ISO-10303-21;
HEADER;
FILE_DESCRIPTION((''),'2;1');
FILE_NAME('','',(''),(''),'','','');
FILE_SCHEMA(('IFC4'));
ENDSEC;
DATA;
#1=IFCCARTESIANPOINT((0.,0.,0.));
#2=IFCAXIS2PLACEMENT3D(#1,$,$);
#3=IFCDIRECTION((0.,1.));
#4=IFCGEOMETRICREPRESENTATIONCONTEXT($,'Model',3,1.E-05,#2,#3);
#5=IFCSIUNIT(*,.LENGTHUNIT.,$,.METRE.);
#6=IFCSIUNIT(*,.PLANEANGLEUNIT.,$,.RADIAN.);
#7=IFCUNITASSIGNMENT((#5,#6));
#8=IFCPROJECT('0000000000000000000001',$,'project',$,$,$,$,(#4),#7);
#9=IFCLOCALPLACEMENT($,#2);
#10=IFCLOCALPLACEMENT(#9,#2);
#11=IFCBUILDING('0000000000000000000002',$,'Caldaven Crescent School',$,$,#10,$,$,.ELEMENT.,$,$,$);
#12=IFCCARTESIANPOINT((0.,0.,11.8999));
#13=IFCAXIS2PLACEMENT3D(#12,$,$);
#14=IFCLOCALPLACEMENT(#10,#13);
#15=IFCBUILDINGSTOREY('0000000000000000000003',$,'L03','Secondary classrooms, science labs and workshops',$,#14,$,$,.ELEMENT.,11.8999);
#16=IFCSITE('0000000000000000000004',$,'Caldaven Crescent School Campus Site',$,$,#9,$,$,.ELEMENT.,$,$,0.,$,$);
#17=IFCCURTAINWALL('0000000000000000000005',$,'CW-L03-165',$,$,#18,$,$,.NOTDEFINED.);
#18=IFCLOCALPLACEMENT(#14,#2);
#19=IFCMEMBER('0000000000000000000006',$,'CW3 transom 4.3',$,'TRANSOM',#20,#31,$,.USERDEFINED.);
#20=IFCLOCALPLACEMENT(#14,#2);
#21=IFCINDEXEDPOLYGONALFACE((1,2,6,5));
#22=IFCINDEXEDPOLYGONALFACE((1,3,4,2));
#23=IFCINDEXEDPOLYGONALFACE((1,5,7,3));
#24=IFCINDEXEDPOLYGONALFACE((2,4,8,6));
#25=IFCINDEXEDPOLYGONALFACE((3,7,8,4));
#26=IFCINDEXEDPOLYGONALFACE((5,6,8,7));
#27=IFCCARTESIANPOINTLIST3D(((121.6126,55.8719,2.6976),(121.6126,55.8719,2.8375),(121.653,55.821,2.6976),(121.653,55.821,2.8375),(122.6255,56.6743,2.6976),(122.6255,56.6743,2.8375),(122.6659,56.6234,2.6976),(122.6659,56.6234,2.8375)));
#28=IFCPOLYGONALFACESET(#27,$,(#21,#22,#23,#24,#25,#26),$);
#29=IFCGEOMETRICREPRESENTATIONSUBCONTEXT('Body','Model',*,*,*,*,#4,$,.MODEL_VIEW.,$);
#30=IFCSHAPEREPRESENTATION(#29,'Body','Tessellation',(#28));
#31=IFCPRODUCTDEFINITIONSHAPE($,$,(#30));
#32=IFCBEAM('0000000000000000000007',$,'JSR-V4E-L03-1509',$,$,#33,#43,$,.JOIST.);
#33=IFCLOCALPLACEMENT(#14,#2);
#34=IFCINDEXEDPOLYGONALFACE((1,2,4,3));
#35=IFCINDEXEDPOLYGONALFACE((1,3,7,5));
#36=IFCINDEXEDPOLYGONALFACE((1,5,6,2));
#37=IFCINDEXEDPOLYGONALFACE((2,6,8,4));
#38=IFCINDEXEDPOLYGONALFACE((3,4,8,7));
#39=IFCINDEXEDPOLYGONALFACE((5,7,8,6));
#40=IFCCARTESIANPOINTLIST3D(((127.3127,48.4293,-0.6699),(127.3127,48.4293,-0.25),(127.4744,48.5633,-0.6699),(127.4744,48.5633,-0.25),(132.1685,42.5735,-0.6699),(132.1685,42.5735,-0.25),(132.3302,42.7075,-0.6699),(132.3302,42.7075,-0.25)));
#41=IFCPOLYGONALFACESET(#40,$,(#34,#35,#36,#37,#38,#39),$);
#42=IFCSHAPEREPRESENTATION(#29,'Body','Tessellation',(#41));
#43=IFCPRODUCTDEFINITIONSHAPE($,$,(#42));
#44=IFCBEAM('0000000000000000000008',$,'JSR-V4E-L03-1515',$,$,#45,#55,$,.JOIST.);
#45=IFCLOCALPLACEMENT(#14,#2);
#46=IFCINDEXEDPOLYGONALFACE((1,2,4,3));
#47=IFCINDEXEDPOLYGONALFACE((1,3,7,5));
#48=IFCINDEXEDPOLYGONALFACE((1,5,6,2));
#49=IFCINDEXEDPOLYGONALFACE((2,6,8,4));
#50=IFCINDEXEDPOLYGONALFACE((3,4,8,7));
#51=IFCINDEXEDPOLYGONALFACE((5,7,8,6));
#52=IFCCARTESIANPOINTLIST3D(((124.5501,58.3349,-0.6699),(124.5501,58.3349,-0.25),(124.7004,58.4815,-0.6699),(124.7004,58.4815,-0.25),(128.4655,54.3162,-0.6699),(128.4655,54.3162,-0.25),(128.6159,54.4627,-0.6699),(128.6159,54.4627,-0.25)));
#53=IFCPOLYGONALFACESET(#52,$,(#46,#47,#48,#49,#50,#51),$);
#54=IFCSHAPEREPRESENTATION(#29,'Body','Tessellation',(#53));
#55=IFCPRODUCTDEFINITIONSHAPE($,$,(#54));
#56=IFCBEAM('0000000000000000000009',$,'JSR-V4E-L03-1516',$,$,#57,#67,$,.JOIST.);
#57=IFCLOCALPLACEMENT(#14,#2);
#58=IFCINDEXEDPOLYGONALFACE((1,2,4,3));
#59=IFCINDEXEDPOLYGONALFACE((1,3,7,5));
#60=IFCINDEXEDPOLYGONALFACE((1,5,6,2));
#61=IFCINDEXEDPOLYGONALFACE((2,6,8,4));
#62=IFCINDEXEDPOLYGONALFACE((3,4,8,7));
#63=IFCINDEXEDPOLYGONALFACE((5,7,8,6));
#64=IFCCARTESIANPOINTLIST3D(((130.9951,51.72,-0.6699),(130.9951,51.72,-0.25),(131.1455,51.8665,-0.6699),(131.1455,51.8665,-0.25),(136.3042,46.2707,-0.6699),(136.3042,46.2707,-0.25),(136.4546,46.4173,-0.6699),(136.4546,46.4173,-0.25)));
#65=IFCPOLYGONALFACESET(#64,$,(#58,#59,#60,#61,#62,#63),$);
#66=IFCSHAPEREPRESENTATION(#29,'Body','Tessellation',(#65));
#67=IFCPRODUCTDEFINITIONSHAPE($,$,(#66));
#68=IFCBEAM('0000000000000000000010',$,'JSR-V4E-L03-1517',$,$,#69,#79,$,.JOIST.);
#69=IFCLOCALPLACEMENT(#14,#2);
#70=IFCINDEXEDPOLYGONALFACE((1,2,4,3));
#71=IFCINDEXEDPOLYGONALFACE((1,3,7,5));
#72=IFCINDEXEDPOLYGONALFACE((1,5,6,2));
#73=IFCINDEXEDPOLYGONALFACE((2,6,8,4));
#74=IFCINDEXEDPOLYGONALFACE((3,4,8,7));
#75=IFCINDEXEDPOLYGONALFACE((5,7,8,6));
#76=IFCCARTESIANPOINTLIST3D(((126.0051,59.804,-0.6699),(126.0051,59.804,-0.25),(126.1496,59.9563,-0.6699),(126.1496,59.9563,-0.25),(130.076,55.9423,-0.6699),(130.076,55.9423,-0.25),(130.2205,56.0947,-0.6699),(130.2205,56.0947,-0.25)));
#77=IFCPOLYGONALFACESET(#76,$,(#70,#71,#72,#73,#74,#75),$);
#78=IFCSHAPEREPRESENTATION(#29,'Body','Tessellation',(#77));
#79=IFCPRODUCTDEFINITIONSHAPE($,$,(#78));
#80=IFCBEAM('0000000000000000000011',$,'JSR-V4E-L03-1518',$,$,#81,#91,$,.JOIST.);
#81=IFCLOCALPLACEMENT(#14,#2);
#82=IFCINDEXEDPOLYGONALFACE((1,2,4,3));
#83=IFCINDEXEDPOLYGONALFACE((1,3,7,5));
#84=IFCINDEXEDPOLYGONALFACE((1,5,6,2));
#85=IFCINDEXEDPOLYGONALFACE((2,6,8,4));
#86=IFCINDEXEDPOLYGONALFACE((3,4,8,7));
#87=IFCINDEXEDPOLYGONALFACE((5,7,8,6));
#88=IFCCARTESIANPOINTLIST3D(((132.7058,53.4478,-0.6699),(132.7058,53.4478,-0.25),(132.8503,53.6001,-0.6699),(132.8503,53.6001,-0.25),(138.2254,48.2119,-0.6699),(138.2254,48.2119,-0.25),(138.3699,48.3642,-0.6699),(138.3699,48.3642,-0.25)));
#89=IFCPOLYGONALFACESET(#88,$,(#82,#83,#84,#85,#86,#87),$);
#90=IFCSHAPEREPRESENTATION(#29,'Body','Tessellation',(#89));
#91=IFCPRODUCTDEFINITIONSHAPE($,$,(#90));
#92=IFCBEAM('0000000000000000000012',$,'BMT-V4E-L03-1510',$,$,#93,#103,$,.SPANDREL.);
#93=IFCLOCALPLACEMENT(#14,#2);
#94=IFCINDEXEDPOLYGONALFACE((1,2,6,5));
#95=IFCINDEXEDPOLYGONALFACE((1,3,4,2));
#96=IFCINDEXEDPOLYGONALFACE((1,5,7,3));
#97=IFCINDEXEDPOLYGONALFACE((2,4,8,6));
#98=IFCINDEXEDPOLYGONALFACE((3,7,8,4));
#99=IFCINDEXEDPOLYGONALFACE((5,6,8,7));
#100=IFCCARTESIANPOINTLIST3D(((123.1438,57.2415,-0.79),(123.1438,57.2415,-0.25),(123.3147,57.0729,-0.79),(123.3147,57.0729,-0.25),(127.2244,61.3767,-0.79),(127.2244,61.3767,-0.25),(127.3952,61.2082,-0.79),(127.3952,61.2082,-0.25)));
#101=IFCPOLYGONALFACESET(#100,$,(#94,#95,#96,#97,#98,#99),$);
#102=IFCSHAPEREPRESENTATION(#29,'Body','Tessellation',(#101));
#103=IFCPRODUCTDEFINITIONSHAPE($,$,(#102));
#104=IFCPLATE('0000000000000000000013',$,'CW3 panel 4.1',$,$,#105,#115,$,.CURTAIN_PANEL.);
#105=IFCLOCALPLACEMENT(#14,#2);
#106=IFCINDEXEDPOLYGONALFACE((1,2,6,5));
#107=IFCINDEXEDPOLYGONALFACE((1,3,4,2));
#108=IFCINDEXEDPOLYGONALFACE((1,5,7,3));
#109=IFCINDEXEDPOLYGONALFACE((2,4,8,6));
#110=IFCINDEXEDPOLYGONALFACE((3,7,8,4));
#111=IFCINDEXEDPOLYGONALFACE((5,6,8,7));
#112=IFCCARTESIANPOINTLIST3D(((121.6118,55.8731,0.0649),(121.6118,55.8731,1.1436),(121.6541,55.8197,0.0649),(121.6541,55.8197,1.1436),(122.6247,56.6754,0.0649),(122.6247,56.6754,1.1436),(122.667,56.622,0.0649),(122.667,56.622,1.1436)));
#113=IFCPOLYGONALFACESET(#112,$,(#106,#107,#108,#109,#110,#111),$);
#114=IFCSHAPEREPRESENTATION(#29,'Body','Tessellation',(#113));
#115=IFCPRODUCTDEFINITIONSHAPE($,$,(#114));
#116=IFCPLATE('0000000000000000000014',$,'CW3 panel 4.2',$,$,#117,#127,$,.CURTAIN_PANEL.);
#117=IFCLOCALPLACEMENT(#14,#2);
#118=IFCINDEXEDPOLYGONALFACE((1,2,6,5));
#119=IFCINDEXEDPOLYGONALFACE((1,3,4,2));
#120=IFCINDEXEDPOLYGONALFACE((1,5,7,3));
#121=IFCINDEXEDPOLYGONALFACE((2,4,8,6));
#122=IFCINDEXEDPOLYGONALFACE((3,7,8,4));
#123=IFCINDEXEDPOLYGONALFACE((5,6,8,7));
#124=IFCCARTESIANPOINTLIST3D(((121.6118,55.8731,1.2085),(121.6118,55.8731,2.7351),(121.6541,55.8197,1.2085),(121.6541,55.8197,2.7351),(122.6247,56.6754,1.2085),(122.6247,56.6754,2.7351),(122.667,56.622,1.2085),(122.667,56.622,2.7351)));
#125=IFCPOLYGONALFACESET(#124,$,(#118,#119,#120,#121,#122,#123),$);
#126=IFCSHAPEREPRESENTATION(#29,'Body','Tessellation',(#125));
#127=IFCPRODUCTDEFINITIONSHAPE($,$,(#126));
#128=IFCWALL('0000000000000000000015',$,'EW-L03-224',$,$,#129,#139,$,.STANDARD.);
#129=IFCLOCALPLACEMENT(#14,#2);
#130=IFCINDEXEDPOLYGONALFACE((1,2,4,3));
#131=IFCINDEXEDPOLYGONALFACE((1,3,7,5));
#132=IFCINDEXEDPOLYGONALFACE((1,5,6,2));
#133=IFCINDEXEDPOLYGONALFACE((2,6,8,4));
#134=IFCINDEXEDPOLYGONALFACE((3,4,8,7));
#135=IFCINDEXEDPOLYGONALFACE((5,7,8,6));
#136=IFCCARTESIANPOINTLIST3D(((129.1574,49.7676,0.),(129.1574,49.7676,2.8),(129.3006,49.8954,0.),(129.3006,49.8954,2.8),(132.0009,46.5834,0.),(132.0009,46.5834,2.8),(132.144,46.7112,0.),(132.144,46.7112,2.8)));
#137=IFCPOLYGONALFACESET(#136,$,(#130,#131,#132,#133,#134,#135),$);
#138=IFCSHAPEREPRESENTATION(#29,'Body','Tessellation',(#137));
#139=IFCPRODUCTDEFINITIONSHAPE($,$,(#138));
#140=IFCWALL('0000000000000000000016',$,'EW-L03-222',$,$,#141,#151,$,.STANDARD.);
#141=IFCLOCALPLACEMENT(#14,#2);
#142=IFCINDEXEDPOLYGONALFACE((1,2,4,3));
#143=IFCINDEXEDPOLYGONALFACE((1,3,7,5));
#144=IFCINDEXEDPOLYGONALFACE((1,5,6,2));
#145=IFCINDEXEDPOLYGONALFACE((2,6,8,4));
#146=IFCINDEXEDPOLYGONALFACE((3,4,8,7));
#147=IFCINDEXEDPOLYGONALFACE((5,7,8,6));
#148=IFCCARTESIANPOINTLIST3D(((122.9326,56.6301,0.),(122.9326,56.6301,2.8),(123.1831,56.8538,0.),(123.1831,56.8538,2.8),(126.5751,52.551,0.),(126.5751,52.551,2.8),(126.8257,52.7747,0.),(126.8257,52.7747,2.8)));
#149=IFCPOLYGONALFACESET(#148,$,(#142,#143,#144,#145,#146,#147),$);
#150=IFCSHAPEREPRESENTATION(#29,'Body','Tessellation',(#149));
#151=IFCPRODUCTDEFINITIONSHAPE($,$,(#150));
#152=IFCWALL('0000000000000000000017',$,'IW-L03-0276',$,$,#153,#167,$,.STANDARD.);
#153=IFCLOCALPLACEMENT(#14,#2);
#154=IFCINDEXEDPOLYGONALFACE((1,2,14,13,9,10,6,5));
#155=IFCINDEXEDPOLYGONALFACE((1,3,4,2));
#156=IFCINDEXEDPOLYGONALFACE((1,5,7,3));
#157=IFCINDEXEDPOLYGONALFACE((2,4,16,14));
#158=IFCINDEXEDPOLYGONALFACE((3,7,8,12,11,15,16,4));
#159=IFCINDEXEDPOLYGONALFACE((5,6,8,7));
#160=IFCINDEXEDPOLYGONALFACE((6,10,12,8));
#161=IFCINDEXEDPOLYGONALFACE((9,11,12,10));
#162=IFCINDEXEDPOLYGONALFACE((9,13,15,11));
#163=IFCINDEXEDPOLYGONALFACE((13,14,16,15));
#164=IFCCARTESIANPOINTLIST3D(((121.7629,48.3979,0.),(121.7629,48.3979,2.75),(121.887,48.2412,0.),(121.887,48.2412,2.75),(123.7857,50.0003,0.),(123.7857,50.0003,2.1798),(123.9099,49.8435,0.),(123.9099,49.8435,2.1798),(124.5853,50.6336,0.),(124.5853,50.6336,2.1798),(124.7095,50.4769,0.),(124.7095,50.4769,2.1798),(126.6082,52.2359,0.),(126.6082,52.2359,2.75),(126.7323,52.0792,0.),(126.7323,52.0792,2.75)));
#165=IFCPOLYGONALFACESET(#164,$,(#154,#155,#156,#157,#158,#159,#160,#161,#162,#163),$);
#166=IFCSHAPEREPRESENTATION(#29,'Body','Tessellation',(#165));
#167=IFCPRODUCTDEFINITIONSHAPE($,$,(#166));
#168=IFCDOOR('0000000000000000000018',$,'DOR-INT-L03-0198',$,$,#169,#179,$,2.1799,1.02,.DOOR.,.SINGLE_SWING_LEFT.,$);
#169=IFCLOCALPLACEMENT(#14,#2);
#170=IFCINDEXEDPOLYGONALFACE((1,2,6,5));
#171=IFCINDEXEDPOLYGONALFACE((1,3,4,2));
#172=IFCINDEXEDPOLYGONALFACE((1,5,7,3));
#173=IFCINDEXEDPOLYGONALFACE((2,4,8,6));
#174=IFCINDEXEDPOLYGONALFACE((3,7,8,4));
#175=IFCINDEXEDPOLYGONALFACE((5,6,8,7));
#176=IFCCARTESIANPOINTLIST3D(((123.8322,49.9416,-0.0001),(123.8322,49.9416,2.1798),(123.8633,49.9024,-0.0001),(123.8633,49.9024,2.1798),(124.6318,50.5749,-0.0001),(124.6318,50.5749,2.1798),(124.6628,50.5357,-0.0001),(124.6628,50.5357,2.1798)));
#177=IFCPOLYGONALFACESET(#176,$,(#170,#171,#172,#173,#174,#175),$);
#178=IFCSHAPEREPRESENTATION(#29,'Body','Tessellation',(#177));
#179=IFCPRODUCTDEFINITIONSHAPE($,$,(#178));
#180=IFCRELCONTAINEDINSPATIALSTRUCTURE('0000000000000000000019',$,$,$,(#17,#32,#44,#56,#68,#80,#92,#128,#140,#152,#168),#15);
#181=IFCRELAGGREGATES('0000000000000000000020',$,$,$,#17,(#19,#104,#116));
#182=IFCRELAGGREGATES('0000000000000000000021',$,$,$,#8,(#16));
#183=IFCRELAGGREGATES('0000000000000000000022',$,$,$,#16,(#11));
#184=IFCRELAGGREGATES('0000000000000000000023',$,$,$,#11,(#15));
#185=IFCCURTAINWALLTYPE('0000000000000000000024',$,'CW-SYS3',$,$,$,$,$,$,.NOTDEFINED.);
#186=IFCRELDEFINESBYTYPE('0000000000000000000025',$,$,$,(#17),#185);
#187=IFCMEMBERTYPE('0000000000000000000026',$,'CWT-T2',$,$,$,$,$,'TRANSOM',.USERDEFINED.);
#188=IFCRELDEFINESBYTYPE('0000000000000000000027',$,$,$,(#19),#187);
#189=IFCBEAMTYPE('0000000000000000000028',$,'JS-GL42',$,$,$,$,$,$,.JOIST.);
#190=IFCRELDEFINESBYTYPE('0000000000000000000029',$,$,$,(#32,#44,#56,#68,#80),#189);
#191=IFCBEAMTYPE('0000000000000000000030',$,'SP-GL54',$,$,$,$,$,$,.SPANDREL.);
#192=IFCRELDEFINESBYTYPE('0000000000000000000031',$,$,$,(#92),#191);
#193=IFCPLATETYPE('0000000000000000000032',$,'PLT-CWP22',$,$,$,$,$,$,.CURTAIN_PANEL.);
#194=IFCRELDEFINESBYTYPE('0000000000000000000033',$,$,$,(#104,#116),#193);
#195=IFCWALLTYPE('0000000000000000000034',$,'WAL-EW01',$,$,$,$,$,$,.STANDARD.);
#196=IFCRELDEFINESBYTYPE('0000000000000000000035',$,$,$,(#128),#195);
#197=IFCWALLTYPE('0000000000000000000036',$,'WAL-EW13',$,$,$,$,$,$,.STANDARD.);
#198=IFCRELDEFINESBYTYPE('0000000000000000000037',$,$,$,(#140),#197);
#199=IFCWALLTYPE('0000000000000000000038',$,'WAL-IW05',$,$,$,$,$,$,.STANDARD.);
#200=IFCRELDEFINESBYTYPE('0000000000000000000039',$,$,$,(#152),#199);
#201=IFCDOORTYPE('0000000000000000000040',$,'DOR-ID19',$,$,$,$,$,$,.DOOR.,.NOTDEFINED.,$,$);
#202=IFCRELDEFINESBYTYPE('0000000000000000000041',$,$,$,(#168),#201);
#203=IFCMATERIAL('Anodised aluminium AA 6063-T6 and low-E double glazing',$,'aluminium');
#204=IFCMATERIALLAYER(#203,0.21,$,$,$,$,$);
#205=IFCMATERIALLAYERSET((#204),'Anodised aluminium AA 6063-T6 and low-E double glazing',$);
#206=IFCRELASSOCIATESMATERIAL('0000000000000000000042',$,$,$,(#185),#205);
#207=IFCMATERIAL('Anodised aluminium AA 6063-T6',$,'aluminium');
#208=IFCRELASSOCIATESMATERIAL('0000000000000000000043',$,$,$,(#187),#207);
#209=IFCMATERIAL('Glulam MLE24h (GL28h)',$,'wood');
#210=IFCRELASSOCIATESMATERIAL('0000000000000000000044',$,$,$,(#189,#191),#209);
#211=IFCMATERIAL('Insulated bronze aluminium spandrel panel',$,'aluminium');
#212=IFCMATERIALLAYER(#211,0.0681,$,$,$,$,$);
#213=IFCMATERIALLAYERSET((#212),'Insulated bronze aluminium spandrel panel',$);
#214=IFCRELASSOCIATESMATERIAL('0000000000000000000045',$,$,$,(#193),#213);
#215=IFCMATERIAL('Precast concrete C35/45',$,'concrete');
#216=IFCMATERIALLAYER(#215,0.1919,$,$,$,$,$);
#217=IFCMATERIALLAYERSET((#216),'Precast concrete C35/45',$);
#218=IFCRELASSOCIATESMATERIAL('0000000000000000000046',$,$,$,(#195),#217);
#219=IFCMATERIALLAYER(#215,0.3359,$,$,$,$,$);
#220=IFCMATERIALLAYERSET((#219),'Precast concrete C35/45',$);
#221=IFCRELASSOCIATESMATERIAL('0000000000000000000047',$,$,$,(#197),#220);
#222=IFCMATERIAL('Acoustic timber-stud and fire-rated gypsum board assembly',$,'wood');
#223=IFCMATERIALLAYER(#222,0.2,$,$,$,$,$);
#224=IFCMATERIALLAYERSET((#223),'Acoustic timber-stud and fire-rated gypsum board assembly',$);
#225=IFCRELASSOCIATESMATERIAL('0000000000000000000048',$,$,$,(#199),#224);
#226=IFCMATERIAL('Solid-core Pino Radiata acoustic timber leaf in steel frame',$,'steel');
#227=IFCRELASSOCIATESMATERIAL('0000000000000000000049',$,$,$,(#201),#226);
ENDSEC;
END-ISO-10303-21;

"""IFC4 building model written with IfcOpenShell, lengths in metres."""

from ifc_helpers import new_model, si_unit, direction, frame, frame_2d, origin, origin_2d, place, context, subcontext, project, spatial, rectangle, extrude, material, layer, layer_set, material_profile, profile_set, type_object, element, fill, aggregate, save


model = new_model("IFC4")

# Units and contexts
model_context = context("Model", 3, precision=1e-05, world=origin(), true_north=direction((0.0, 1.0)))
body_context = subcontext(model_context, "Body", "Model", "MODEL_VIEW")
ifc_project = project(units=[si_unit("LENGTHUNIT", "METRE"), si_unit("PLANEANGLEUNIT", "RADIAN")], contexts=[model_context])

# Site, building, storey
site_placement = place(None, origin())
site = spatial("IfcSite", under=ifc_project, at=site_placement, Name="Caldaven Crescent School Campus Site", CompositionType="ELEMENT", RefElevation=0.0)
building_placement = place(site_placement, origin())
building = spatial("IfcBuilding", under=site, at=building_placement, Name="Caldaven Crescent School", CompositionType="ELEMENT")
storey_placement = place(building_placement, frame((0.0, 0.0, 11.8999)))
storey = spatial("IfcBuildingStorey", under=building, at=storey_placement, Name="L03", Description="Secondary classrooms, science labs and workshops", CompositionType="ELEMENT", Elevation=11.8999)

# Shared definitions
ifc_material_1 = material(Name="Glulam MLE24h (GL28h)", Category="wood")

# Curtain wall, member
ifc_material_2 = material(Name="Anodised aluminium AA 6063-T6 and low-E double glazing", Category="aluminium")
ifc_layer_1 = layer(ifc_material_2, 0.21)
ifc_layer_set_1 = layer_set([ifc_layer_1], Name="Anodised aluminium AA 6063-T6 and low-E double glazing")
curtain_wall_type = type_object("IfcCurtainWallType", Name="CW-SYS3", PredefinedType="NOTDEFINED", material=ifc_layer_set_1)
curtain_wall_placement = place(storey_placement, origin())
curtain_wall = element("IfcCurtainWall", 1, at=curtain_wall_placement, inside=storey, type_object=curtain_wall_type, Name="CW-L03-165", PredefinedType="NOTDEFINED")
ifc_material_3 = material(Name="Anodised aluminium AA 6063-T6", Category="aluminium")
ifc_material_profile_1 = material_profile(ifc_material_3, rectangle(XDim=0.0649, YDim=0.1399, at=origin_2d()), Name="CWT 65x140")
ifc_profile_set_1 = profile_set([ifc_material_profile_1], Name="Anodised aluminium AA 6063-T6")
member_type_1 = type_object("IfcMemberType", Name="CWT-T2", ElementType="TRANSOM", PredefinedType="USERDEFINED", material=ifc_profile_set_1)
member_1_placement = place(storey_placement, frame((121.6328, 55.8464, 2.7676), z_axis=(0.783827, 0.620979, 0.0), x_axis=(-0.620979, 0.783827, 0.0)))
member_1 = element("IfcMember", 2, at=member_1_placement, type_object=member_type_1, Name="CW3 transom 4.3", ObjectType="TRANSOM", PredefinedType="USERDEFINED", context=body_context, shape_type="SweptSolid", body=[
    extrude(rectangle(XDim=0.0649, YDim=0.1399, at=origin_2d()), origin(), (0.0, 0.0, 1.0), 1.2922),
])

# Beams
ifc_material_profile_2 = material_profile(ifc_material_1, rectangle(XDim=0.21, YDim=0.4199, at=origin_2d()), Name="MLE 210x420")
ifc_profile_set_2 = profile_set([ifc_material_profile_2], Name="Glulam MLE24h (GL28h)")
beam_type_1 = type_object("IfcBeamType", Name="JS-GL42", PredefinedType="JOIST", material=ifc_profile_set_2)
beam_1_placement = place(storey_placement, frame((127.3936, 48.4963, -0.46), z_axis=(0.638317, -0.769774, 0.0), x_axis=(0.769774, 0.638317, 0.0)))
element("IfcBeam", 3, at=beam_1_placement, inside=storey, type_object=beam_type_1, Name="JSR-V4E-L03-1509", PredefinedType="JOIST", context=body_context, shape_type="SweptSolid", body=[
    extrude(rectangle(XDim=0.21, YDim=0.4199, at=origin_2d()), origin(), (0.0, 0.0, 1.0), 7.6072),
])
beam_2_placement = place(storey_placement, frame((124.6252, 58.4082, -0.46), z_axis=(0.697844, -0.71625, 0.0), x_axis=(0.71625, 0.697844, 0.0)))
element("IfcBeam", 4, at=beam_2_placement, inside=storey, type_object=beam_type_1, Name="JSR-V4E-L03-1515", PredefinedType="JOIST", context=body_context, shape_type="SweptSolid", body=[
    extrude(rectangle(XDim=0.21, YDim=0.4199, at=origin_2d()), origin(), (0.0, 0.0, 1.0), 5.6108),
])
beam_3_placement = place(storey_placement, frame((131.0703, 51.7932, -0.46), z_axis=(0.697837, -0.716257, 0.0), x_axis=(0.716257, 0.697837, 0.0)))
element("IfcBeam", 5, at=beam_3_placement, inside=storey, type_object=beam_type_1, Name="JSR-V4E-L03-1516", PredefinedType="JOIST", context=body_context, shape_type="SweptSolid", body=[
    extrude(rectangle(XDim=0.21, YDim=0.4199, at=origin_2d()), origin(), (0.0, 0.0, 1.0), 7.6079),
])
beam_4_placement = place(storey_placement, frame((126.0774, 59.8801, -0.46), z_axis=(0.725505, -0.688216, 0.0), x_axis=(0.688216, 0.725505, 0.0)))
element("IfcBeam", 6, at=beam_4_placement, inside=storey, type_object=beam_type_1, Name="JSR-V4E-L03-1517", PredefinedType="JOIST", context=body_context, shape_type="SweptSolid", body=[
    extrude(rectangle(XDim=0.21, YDim=0.4199, at=origin_2d()), origin(), (0.0, 0.0, 1.0), 5.6111),
])
beam_5_placement = place(storey_placement, frame((132.7781, 53.5239, -0.46), z_axis=(0.725506, -0.688216, 0.0), x_axis=(0.688216, 0.725506, 0.0)))
element("IfcBeam", 7, at=beam_5_placement, inside=storey, type_object=beam_type_1, Name="JSR-V4E-L03-1518", PredefinedType="JOIST", context=body_context, shape_type="SweptSolid", body=[
    extrude(rectangle(XDim=0.21, YDim=0.4199, at=origin_2d()), origin(), (0.0, 0.0, 1.0), 7.6079),
])
ifc_material_profile_3 = material_profile(ifc_material_1, rectangle(XDim=0.24, YDim=0.54, at=origin_2d()), Name="MLE 240x540")
ifc_profile_set_3 = profile_set([ifc_material_profile_3], Name="Glulam MLE24h (GL28h)")
beam_type_2 = type_object("IfcBeamType", Name="SP-GL54", PredefinedType="SPANDREL", material=ifc_profile_set_3)
beam_6_placement = place(storey_placement, frame((123.2292, 57.1572, -0.52), z_axis=(0.702384, 0.711798, 0.0), x_axis=(-0.711798, 0.702384, 0.0)))
element("IfcBeam", 8, at=beam_6_placement, inside=storey, type_object=beam_type_2, Name="BMT-V4E-L03-1510", PredefinedType="SPANDREL", context=body_context, shape_type="SweptSolid", body=[
    extrude(rectangle(XDim=0.24, YDim=0.54, at=origin_2d()), origin(), (0.0, 0.0, 1.0), 5.8096),
])

# Plates
ifc_material_4 = material(Name="Insulated bronze aluminium spandrel panel", Category="aluminium")
ifc_layer_2 = layer(ifc_material_4, 0.0681)
ifc_layer_set_2 = layer_set([ifc_layer_2], Name="Insulated bronze aluminium spandrel panel")
plate_type = type_object("IfcPlateType", Name="PLT-CWP22", PredefinedType="CURTAIN_PANEL", material=ifc_layer_set_2)
plate_1_placement = place(storey_placement, frame((122.1394, 56.2476, 0.0649), z_axis=(0.0, 0.0, 1.0), x_axis=(0.783882, 0.62091, 0.0)))
plate_1 = element("IfcPlate", 9, at=plate_1_placement, type_object=plate_type, Name="CW3 panel 4.1", PredefinedType="CURTAIN_PANEL", context=body_context, shape_type="SweptSolid", body=[
    extrude(rectangle(XDim=1.2922, YDim=0.0681, at=origin_2d()), origin(), (0.0, 0.0, 1.0), 1.0786),
])
plate_2_placement = place(storey_placement, frame((122.1394, 56.2476, 1.2085), z_axis=(0.0, 0.0, 1.0), x_axis=(0.783882, 0.62091, 0.0)))
plate_2 = element("IfcPlate", 10, at=plate_2_placement, type_object=plate_type, Name="CW3 panel 4.2", PredefinedType="CURTAIN_PANEL", context=body_context, shape_type="SweptSolid", body=[
    extrude(rectangle(XDim=1.2922, YDim=0.0681, at=origin_2d()), origin(), (0.0, 0.0, 1.0), 1.5266),
])
aggregate(curtain_wall, [member_1, plate_1, plate_2])

# Walls
ifc_material_5 = material(Name="Precast concrete C35/45", Category="concrete")
ifc_layer_3 = layer(ifc_material_5, 0.1919)
ifc_layer_set_3 = layer_set([ifc_layer_3], Name="Precast concrete C35/45")
wall_type_1 = type_object("IfcWallType", Name="WAL-EW01", PredefinedType="STANDARD", material=ifc_layer_set_3)
wall_1_placement = place(storey_placement, frame((129.229, 49.8315, 0.0), z_axis=(0.0, 0.0, 1.0), x_axis=(0.666062, -0.745896, 0.0)))
element("IfcWall", 11, at=wall_1_placement, inside=storey, type_object=wall_type_1, Name="EW-L03-224", PredefinedType="STANDARD", context=body_context, shape_type="SweptSolid", body=[
    extrude(rectangle(XDim=4.269, YDim=0.1919, at=frame_2d((2.1345, 0.0))), origin(), (0.0, 0.0, 1.0), 2.8),
])
ifc_layer_4 = layer(ifc_material_5, 0.3359)
ifc_layer_set_4 = layer_set([ifc_layer_4], Name="Precast concrete C35/45")
wall_type_2 = type_object("IfcWallType", Name="WAL-EW13", PredefinedType="STANDARD", material=ifc_layer_set_4)
wall_2_placement = place(storey_placement, frame((123.0579, 56.7419, 0.0), z_axis=(0.0, 0.0, 1.0), x_axis=(0.666069, -0.74589, 0.0)))
element("IfcWall", 12, at=wall_2_placement, inside=storey, type_object=wall_type_2, Name="EW-L03-222", PredefinedType="STANDARD", context=body_context, shape_type="SweptSolid", body=[
    extrude(rectangle(XDim=5.4688, YDim=0.3359, at=frame_2d((2.7344, 0.0))), origin(), (0.0, 0.0, 1.0), 2.8),
])

# Wall, opening, door
ifc_material_6 = material(Name="Acoustic timber-stud and fire-rated gypsum board assembly", Category="wood")
ifc_layer_5 = layer(ifc_material_6, 0.2)
ifc_layer_set_5 = layer_set([ifc_layer_5], Name="Acoustic timber-stud and fire-rated gypsum board assembly")
wall_type_3 = type_object("IfcWallType", Name="WAL-IW05", PredefinedType="STANDARD", material=ifc_layer_set_5)
wall_3_placement = place(storey_placement, frame((121.825, 48.3196, 0.0), z_axis=(0.0, 0.0, 1.0), x_axis=(0.783881, 0.620911, 0.0)))
wall_3 = element("IfcWall", 13, at=wall_3_placement, inside=storey, type_object=wall_type_3, Name="IW-L03-0276", PredefinedType="STANDARD", context=body_context, shape_type="SweptSolid", body=[
    extrude(rectangle(XDim=6.1812, YDim=0.2, at=frame_2d((3.0906, 0.0))), origin(), (0.0, 0.0, 1.0), 2.75),
])
opening_1_placement = place(wall_3_placement, frame((2.5806, 0.0, 0.0)))
opening_1 = element("IfcOpeningElement", 14, at=opening_1_placement, cuts=wall_3, PredefinedType="OPENING", context=body_context, shape_type="SweptSolid", body=[
    extrude(rectangle(XDim=1.02, YDim=2.1799, at=frame_2d((0.51, 1.0898))), frame((0.0, 0.1099, 0.0), z_axis=(0.0, -1.0, 0.0), x_axis=(1.0, 0.0, 0.0)), (0.0, 0.0, 1.0), 0.22),
])
ifc_material_7 = material(Name="Solid-core Pino Radiata acoustic timber leaf in steel frame", Category="steel")
door_type_1 = type_object("IfcDoorType", Name="DOR-ID19", OperationType="NOTDEFINED", PredefinedType="DOOR", material=ifc_material_7)
door_1_placement = place(opening_1_placement, frame((1.02, 0.0, 0.0), z_axis=(0.0, 0.0, 1.0), x_axis=(-1.0, 0.0, 0.0)))
door_1 = element("IfcDoor", 15, at=door_1_placement, inside=storey, type_object=door_type_1, Name="DOR-INT-L03-0198", OperationType="SINGLE_SWING_LEFT", OverallHeight=2.1799, OverallWidth=1.02, PredefinedType="DOOR", context=body_context, shape_type="SweptSolid", body=[
    extrude(rectangle(XDim=1.02, YDim=2.1799, at=frame_2d((0.51, 1.0898))), frame((0.0, 0.0249, 0.0), z_axis=(0.0, -1.0, 0.0), x_axis=(1.0, 0.0, 0.0)), (0.0, 0.0, 1.0), 0.05),
])
fill(opening_1, door_1)

save(model, "model.ifc")
